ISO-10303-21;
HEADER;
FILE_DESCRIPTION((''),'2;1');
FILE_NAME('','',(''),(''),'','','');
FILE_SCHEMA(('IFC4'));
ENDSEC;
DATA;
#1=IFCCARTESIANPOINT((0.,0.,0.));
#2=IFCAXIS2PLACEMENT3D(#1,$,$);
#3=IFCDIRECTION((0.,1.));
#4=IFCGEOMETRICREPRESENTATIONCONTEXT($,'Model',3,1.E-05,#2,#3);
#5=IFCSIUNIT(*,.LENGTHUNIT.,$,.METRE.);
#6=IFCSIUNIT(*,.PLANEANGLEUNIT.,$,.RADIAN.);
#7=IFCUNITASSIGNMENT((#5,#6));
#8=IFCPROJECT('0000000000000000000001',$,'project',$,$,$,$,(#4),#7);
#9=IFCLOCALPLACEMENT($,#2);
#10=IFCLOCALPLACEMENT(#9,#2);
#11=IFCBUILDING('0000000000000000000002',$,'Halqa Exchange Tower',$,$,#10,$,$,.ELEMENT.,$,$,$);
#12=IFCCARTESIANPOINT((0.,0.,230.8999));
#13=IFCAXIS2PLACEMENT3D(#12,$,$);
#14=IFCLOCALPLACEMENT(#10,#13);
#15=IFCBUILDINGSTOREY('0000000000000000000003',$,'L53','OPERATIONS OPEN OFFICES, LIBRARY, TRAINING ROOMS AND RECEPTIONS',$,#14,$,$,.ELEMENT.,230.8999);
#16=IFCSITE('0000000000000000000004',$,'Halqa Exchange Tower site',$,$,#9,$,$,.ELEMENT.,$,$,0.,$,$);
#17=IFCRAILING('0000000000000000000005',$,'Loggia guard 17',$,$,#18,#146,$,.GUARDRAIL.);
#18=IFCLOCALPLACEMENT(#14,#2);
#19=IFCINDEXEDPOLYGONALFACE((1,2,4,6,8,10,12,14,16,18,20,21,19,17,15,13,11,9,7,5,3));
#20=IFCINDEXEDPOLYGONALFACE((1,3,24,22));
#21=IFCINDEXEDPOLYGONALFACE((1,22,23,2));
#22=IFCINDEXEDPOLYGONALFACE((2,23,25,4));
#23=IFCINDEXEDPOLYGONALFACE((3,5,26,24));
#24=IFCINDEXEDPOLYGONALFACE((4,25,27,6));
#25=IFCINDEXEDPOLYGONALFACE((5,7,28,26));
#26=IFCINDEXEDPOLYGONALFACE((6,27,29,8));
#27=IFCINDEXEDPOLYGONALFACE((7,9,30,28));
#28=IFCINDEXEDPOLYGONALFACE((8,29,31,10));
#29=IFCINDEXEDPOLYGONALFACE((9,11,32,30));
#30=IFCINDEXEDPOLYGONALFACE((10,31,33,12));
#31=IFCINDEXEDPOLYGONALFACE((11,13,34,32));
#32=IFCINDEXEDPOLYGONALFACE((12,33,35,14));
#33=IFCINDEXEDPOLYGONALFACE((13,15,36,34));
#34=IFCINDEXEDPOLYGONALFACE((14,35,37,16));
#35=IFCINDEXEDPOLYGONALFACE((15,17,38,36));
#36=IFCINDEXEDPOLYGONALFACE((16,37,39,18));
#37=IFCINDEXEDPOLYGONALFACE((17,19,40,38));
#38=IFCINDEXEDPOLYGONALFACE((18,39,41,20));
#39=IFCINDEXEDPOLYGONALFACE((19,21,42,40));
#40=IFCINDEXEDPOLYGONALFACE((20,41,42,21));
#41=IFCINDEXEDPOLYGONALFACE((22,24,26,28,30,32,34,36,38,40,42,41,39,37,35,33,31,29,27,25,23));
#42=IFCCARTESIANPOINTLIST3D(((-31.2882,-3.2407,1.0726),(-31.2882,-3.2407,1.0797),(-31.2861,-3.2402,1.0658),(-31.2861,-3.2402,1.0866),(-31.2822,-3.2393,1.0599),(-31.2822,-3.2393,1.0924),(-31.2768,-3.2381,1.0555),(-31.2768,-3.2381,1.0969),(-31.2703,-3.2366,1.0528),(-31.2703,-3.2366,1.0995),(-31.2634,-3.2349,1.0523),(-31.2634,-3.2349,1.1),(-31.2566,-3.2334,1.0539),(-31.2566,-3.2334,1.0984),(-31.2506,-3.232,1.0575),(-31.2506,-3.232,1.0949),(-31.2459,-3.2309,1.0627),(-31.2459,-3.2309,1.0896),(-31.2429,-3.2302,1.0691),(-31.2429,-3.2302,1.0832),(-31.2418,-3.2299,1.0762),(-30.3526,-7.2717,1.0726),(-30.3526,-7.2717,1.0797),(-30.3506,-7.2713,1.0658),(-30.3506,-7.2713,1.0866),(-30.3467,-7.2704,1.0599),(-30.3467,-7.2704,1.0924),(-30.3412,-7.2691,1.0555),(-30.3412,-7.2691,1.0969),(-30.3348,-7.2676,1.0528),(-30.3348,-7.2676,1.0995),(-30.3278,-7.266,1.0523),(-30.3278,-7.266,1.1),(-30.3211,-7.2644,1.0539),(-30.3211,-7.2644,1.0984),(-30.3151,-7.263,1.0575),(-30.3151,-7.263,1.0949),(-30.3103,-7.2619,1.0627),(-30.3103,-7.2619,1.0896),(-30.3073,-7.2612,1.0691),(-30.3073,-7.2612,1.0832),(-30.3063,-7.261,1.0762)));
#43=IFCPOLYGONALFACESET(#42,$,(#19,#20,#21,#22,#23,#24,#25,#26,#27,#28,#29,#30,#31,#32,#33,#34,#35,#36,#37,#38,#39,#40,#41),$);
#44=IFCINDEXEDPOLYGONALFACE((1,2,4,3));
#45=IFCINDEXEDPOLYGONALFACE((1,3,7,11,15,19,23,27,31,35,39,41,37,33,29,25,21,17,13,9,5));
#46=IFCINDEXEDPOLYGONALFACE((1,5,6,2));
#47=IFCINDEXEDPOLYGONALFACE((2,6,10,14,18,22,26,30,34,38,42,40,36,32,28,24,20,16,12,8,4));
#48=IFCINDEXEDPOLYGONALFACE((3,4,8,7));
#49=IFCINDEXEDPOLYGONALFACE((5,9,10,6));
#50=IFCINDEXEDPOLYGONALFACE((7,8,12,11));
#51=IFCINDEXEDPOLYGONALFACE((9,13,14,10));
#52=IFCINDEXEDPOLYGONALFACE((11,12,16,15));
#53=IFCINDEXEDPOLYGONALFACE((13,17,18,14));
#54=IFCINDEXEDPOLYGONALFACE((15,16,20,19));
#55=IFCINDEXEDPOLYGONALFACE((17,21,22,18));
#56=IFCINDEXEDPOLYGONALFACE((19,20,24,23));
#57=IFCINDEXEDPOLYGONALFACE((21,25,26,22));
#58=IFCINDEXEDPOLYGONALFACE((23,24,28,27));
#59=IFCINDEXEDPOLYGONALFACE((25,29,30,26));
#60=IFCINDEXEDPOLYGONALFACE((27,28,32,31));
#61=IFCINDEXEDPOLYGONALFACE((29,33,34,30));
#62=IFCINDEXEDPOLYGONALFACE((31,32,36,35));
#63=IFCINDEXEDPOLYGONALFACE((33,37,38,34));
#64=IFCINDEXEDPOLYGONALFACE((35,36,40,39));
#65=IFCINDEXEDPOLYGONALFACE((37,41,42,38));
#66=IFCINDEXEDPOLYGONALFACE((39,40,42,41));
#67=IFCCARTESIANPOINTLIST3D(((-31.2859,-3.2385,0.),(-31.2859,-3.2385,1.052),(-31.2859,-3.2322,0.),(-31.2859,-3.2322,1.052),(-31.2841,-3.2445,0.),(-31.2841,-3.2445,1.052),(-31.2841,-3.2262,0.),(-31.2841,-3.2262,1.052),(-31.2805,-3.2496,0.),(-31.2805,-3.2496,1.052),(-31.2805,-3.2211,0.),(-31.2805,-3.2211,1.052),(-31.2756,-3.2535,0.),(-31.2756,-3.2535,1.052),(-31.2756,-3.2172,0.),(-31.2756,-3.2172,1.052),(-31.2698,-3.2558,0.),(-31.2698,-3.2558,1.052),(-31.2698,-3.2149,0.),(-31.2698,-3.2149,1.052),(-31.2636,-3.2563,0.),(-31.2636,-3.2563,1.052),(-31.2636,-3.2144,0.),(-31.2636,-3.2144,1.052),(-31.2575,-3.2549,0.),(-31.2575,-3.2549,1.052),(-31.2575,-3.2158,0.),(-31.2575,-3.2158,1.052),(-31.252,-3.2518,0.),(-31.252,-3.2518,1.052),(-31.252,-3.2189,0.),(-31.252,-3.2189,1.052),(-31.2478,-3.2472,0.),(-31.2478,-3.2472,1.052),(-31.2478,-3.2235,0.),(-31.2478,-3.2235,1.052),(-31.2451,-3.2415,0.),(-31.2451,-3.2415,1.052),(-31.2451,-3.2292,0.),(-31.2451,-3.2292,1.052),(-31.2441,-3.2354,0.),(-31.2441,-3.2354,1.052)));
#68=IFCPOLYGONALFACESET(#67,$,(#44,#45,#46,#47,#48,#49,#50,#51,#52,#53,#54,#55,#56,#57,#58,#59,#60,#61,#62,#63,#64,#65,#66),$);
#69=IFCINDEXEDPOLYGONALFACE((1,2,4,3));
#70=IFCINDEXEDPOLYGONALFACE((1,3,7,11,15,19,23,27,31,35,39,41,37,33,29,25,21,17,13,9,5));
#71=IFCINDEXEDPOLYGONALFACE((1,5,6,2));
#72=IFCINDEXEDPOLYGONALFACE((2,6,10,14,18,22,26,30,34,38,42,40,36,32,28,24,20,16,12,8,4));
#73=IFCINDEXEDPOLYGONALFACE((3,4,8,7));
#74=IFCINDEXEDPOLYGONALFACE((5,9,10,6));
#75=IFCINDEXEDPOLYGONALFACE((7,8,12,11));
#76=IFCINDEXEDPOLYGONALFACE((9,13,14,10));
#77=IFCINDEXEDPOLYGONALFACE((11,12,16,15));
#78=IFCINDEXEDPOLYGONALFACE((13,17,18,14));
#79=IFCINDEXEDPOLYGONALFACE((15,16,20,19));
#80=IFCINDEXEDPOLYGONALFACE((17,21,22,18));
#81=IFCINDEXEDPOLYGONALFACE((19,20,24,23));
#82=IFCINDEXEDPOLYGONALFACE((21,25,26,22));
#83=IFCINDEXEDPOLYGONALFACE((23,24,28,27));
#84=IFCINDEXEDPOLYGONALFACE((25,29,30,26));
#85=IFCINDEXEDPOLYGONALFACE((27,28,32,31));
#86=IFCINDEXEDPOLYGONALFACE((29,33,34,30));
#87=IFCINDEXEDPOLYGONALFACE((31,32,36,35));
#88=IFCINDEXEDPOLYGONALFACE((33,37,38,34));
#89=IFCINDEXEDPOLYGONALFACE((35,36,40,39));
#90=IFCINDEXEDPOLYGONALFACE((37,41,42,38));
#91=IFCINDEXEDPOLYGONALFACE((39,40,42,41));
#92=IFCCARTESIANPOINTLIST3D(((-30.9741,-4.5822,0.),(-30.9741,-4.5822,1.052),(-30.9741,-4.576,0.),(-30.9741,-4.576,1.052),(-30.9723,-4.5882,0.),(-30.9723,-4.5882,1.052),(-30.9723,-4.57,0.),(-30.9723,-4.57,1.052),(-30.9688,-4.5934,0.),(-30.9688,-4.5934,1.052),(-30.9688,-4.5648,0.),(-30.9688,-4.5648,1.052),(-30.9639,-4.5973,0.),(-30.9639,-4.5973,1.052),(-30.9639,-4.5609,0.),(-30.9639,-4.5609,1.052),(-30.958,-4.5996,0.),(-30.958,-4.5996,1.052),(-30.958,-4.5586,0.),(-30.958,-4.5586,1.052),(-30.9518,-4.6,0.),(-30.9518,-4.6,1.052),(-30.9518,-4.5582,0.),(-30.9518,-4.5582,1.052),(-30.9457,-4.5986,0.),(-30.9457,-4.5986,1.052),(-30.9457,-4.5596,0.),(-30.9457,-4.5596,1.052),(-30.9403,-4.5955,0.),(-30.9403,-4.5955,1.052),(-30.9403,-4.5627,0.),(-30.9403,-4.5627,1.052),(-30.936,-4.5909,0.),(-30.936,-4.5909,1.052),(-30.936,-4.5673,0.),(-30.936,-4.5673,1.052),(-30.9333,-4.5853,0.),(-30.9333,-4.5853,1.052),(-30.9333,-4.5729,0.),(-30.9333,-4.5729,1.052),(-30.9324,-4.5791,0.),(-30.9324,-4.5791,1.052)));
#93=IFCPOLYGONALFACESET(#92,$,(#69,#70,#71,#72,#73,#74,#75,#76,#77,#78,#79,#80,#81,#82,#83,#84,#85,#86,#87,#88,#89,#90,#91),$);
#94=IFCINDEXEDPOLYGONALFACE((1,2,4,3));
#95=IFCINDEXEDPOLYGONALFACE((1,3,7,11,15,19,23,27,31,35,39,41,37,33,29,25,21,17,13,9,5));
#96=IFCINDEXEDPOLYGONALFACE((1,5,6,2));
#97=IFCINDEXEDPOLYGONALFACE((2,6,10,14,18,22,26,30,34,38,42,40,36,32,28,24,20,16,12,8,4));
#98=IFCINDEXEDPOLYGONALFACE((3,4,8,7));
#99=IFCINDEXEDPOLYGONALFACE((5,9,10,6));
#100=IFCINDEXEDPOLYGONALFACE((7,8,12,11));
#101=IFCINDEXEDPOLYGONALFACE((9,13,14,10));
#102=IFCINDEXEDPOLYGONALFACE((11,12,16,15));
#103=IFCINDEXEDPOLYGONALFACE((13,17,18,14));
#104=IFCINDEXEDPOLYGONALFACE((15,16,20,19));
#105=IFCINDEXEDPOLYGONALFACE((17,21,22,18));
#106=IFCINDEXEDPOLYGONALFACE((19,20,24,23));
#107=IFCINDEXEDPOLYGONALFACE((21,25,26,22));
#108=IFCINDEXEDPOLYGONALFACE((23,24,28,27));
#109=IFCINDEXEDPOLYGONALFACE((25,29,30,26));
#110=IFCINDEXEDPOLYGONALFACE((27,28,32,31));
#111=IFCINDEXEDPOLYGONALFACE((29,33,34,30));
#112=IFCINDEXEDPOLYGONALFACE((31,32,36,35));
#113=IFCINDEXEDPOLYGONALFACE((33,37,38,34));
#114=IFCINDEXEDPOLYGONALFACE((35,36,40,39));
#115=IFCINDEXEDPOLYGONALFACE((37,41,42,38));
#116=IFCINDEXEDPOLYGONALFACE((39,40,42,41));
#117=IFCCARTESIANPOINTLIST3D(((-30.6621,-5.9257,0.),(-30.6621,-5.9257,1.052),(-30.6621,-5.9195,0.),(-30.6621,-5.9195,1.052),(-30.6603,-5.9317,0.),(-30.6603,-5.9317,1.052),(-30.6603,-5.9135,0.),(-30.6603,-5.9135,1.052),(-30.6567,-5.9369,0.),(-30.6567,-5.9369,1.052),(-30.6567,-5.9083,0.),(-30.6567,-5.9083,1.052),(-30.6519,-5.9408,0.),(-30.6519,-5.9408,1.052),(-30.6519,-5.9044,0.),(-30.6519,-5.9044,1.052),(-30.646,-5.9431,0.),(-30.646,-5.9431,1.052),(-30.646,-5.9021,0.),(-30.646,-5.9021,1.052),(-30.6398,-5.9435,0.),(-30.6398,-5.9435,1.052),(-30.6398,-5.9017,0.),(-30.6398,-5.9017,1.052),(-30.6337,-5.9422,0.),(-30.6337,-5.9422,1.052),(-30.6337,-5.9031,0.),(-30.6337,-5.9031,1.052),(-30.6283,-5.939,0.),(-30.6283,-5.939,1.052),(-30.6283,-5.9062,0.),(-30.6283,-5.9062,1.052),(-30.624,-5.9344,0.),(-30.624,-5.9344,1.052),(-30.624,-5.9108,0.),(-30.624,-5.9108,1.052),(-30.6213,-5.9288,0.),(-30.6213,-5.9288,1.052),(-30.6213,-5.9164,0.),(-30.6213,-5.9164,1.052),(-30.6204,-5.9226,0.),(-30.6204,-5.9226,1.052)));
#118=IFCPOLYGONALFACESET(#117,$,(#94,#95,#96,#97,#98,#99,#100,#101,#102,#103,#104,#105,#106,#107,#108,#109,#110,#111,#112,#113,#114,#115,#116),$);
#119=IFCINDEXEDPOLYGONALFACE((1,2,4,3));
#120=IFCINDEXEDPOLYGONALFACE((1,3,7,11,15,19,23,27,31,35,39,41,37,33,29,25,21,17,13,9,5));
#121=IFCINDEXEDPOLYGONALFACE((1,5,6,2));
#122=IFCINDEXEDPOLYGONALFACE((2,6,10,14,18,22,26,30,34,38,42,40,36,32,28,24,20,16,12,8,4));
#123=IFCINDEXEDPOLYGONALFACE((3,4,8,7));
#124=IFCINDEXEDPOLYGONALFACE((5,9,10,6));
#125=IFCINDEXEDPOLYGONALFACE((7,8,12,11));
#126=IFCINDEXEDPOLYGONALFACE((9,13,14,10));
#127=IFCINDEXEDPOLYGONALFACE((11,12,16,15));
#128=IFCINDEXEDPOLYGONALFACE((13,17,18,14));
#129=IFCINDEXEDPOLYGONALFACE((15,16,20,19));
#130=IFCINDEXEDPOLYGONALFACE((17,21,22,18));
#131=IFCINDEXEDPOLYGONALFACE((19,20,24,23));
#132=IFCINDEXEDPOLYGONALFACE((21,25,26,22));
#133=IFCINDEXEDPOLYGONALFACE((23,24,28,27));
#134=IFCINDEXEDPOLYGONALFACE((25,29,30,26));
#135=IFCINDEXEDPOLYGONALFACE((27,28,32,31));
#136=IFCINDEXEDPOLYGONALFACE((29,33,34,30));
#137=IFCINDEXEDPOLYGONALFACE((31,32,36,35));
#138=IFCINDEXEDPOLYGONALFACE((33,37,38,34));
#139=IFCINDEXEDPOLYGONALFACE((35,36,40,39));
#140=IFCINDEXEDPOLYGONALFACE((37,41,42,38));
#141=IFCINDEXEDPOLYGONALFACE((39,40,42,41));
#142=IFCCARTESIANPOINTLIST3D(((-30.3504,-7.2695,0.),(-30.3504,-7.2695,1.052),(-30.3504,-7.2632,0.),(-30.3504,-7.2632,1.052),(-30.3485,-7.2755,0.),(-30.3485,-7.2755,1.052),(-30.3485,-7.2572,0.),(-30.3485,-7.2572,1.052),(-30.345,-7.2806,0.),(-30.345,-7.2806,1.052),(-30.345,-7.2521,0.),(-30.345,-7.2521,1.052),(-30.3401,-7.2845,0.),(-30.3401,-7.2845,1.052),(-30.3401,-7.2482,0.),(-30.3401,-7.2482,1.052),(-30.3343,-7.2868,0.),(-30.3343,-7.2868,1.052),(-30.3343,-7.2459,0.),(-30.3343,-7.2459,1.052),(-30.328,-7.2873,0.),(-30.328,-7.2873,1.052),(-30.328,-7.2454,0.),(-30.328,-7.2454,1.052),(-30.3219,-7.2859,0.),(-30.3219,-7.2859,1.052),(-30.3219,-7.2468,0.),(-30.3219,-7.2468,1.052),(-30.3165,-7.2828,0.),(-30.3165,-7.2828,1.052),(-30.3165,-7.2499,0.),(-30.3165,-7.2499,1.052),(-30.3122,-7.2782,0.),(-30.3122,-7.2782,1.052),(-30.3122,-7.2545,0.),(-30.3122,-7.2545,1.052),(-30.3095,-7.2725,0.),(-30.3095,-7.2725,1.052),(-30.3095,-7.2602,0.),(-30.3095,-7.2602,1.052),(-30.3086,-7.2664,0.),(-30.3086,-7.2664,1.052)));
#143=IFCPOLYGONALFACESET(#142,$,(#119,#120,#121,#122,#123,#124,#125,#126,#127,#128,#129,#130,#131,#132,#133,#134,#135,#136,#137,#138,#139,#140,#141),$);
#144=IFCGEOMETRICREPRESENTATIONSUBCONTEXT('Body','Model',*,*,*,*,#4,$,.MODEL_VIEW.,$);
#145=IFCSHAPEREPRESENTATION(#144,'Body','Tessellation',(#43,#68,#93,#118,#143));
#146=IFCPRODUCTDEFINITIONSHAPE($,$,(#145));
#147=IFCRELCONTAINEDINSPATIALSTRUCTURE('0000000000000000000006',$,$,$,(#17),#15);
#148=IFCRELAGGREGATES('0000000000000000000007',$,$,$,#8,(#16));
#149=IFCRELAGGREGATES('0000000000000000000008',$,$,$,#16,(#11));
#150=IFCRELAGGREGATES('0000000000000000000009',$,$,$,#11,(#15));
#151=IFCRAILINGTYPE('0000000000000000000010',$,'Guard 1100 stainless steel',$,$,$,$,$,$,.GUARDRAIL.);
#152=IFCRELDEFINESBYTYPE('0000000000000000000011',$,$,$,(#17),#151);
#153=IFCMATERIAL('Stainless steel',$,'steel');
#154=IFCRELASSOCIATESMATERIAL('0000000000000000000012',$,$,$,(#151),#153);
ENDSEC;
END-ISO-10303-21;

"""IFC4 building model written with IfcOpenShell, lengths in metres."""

from ifc_helpers import new_model, si_unit, direction, frame, origin, origin_2d, place, context, subcontext, project, spatial, circle, extrude, material, type_object, element, save


model = new_model("IFC4")

# Units and contexts
model_context = context("Model", 3, precision=1e-05, world=origin(), true_north=direction((0.0, 1.0)))
body_context = subcontext(model_context, "Body", "Model", "MODEL_VIEW")
ifc_project = project(units=[si_unit("LENGTHUNIT", "METRE"), si_unit("PLANEANGLEUNIT", "RADIAN")], contexts=[model_context])

# Site, building, storey
site_placement = place(None, origin())
site = spatial("IfcSite", under=ifc_project, at=site_placement, Name="Halqa Exchange Tower site", CompositionType="ELEMENT", RefElevation=0.0)
building_placement = place(site_placement, origin())
building = spatial("IfcBuilding", under=site, at=building_placement, Name="Halqa Exchange Tower", CompositionType="ELEMENT")
storey_placement = place(building_placement, frame((0.0, 0.0, 230.8999)))
storey = spatial("IfcBuildingStorey", under=building, at=storey_placement, Name="L53", Description="OPERATIONS OPEN OFFICES, LIBRARY, TRAINING ROOMS AND RECEPTIONS", CompositionType="ELEMENT", Elevation=230.8999)

# Railing
ifc_material_1 = material(Name="Stainless steel", Category="steel")
railing_type = type_object("IfcRailingType", Name="Guard 1100 stainless steel", PredefinedType="GUARDRAIL", material=ifc_material_1)
railing_1_placement = place(storey_placement, frame((-31.2651, -3.2354, 0.0)))
element("IfcRailing", 1, at=railing_1_placement, inside=storey, type_object=railing_type, Name="Loggia guard 17", PredefinedType="GUARDRAIL", context=body_context, shape_type="SweptSolid", body=[
    extrude(circle(Radius=0.0239, at=origin_2d()), frame((0.0, 0.0, 1.0762), z_axis=(0.226079, -0.974109, 0.0), x_axis=(0.974109, 0.226079, 0.0)), (0.0, 0.0, 1.0), 4.1382),
    extrude(circle(Radius=0.021, at=origin_2d()), origin(), (0.0, 0.0, 1.0), 1.052),
    extrude(circle(Radius=0.021, at=origin_2d()), frame((0.3118, -1.3438, 0.0)), (0.0, 0.0, 1.0), 1.052),
    extrude(circle(Radius=0.021, at=origin_2d()), frame((0.6238, -2.6873, 0.0)), (0.0, 0.0, 1.0), 1.052),
    extrude(circle(Radius=0.021, at=origin_2d()), frame((0.9355, -4.031, 0.0)), (0.0, 0.0, 1.0), 1.052),
])

save(model, "model.ifc")
